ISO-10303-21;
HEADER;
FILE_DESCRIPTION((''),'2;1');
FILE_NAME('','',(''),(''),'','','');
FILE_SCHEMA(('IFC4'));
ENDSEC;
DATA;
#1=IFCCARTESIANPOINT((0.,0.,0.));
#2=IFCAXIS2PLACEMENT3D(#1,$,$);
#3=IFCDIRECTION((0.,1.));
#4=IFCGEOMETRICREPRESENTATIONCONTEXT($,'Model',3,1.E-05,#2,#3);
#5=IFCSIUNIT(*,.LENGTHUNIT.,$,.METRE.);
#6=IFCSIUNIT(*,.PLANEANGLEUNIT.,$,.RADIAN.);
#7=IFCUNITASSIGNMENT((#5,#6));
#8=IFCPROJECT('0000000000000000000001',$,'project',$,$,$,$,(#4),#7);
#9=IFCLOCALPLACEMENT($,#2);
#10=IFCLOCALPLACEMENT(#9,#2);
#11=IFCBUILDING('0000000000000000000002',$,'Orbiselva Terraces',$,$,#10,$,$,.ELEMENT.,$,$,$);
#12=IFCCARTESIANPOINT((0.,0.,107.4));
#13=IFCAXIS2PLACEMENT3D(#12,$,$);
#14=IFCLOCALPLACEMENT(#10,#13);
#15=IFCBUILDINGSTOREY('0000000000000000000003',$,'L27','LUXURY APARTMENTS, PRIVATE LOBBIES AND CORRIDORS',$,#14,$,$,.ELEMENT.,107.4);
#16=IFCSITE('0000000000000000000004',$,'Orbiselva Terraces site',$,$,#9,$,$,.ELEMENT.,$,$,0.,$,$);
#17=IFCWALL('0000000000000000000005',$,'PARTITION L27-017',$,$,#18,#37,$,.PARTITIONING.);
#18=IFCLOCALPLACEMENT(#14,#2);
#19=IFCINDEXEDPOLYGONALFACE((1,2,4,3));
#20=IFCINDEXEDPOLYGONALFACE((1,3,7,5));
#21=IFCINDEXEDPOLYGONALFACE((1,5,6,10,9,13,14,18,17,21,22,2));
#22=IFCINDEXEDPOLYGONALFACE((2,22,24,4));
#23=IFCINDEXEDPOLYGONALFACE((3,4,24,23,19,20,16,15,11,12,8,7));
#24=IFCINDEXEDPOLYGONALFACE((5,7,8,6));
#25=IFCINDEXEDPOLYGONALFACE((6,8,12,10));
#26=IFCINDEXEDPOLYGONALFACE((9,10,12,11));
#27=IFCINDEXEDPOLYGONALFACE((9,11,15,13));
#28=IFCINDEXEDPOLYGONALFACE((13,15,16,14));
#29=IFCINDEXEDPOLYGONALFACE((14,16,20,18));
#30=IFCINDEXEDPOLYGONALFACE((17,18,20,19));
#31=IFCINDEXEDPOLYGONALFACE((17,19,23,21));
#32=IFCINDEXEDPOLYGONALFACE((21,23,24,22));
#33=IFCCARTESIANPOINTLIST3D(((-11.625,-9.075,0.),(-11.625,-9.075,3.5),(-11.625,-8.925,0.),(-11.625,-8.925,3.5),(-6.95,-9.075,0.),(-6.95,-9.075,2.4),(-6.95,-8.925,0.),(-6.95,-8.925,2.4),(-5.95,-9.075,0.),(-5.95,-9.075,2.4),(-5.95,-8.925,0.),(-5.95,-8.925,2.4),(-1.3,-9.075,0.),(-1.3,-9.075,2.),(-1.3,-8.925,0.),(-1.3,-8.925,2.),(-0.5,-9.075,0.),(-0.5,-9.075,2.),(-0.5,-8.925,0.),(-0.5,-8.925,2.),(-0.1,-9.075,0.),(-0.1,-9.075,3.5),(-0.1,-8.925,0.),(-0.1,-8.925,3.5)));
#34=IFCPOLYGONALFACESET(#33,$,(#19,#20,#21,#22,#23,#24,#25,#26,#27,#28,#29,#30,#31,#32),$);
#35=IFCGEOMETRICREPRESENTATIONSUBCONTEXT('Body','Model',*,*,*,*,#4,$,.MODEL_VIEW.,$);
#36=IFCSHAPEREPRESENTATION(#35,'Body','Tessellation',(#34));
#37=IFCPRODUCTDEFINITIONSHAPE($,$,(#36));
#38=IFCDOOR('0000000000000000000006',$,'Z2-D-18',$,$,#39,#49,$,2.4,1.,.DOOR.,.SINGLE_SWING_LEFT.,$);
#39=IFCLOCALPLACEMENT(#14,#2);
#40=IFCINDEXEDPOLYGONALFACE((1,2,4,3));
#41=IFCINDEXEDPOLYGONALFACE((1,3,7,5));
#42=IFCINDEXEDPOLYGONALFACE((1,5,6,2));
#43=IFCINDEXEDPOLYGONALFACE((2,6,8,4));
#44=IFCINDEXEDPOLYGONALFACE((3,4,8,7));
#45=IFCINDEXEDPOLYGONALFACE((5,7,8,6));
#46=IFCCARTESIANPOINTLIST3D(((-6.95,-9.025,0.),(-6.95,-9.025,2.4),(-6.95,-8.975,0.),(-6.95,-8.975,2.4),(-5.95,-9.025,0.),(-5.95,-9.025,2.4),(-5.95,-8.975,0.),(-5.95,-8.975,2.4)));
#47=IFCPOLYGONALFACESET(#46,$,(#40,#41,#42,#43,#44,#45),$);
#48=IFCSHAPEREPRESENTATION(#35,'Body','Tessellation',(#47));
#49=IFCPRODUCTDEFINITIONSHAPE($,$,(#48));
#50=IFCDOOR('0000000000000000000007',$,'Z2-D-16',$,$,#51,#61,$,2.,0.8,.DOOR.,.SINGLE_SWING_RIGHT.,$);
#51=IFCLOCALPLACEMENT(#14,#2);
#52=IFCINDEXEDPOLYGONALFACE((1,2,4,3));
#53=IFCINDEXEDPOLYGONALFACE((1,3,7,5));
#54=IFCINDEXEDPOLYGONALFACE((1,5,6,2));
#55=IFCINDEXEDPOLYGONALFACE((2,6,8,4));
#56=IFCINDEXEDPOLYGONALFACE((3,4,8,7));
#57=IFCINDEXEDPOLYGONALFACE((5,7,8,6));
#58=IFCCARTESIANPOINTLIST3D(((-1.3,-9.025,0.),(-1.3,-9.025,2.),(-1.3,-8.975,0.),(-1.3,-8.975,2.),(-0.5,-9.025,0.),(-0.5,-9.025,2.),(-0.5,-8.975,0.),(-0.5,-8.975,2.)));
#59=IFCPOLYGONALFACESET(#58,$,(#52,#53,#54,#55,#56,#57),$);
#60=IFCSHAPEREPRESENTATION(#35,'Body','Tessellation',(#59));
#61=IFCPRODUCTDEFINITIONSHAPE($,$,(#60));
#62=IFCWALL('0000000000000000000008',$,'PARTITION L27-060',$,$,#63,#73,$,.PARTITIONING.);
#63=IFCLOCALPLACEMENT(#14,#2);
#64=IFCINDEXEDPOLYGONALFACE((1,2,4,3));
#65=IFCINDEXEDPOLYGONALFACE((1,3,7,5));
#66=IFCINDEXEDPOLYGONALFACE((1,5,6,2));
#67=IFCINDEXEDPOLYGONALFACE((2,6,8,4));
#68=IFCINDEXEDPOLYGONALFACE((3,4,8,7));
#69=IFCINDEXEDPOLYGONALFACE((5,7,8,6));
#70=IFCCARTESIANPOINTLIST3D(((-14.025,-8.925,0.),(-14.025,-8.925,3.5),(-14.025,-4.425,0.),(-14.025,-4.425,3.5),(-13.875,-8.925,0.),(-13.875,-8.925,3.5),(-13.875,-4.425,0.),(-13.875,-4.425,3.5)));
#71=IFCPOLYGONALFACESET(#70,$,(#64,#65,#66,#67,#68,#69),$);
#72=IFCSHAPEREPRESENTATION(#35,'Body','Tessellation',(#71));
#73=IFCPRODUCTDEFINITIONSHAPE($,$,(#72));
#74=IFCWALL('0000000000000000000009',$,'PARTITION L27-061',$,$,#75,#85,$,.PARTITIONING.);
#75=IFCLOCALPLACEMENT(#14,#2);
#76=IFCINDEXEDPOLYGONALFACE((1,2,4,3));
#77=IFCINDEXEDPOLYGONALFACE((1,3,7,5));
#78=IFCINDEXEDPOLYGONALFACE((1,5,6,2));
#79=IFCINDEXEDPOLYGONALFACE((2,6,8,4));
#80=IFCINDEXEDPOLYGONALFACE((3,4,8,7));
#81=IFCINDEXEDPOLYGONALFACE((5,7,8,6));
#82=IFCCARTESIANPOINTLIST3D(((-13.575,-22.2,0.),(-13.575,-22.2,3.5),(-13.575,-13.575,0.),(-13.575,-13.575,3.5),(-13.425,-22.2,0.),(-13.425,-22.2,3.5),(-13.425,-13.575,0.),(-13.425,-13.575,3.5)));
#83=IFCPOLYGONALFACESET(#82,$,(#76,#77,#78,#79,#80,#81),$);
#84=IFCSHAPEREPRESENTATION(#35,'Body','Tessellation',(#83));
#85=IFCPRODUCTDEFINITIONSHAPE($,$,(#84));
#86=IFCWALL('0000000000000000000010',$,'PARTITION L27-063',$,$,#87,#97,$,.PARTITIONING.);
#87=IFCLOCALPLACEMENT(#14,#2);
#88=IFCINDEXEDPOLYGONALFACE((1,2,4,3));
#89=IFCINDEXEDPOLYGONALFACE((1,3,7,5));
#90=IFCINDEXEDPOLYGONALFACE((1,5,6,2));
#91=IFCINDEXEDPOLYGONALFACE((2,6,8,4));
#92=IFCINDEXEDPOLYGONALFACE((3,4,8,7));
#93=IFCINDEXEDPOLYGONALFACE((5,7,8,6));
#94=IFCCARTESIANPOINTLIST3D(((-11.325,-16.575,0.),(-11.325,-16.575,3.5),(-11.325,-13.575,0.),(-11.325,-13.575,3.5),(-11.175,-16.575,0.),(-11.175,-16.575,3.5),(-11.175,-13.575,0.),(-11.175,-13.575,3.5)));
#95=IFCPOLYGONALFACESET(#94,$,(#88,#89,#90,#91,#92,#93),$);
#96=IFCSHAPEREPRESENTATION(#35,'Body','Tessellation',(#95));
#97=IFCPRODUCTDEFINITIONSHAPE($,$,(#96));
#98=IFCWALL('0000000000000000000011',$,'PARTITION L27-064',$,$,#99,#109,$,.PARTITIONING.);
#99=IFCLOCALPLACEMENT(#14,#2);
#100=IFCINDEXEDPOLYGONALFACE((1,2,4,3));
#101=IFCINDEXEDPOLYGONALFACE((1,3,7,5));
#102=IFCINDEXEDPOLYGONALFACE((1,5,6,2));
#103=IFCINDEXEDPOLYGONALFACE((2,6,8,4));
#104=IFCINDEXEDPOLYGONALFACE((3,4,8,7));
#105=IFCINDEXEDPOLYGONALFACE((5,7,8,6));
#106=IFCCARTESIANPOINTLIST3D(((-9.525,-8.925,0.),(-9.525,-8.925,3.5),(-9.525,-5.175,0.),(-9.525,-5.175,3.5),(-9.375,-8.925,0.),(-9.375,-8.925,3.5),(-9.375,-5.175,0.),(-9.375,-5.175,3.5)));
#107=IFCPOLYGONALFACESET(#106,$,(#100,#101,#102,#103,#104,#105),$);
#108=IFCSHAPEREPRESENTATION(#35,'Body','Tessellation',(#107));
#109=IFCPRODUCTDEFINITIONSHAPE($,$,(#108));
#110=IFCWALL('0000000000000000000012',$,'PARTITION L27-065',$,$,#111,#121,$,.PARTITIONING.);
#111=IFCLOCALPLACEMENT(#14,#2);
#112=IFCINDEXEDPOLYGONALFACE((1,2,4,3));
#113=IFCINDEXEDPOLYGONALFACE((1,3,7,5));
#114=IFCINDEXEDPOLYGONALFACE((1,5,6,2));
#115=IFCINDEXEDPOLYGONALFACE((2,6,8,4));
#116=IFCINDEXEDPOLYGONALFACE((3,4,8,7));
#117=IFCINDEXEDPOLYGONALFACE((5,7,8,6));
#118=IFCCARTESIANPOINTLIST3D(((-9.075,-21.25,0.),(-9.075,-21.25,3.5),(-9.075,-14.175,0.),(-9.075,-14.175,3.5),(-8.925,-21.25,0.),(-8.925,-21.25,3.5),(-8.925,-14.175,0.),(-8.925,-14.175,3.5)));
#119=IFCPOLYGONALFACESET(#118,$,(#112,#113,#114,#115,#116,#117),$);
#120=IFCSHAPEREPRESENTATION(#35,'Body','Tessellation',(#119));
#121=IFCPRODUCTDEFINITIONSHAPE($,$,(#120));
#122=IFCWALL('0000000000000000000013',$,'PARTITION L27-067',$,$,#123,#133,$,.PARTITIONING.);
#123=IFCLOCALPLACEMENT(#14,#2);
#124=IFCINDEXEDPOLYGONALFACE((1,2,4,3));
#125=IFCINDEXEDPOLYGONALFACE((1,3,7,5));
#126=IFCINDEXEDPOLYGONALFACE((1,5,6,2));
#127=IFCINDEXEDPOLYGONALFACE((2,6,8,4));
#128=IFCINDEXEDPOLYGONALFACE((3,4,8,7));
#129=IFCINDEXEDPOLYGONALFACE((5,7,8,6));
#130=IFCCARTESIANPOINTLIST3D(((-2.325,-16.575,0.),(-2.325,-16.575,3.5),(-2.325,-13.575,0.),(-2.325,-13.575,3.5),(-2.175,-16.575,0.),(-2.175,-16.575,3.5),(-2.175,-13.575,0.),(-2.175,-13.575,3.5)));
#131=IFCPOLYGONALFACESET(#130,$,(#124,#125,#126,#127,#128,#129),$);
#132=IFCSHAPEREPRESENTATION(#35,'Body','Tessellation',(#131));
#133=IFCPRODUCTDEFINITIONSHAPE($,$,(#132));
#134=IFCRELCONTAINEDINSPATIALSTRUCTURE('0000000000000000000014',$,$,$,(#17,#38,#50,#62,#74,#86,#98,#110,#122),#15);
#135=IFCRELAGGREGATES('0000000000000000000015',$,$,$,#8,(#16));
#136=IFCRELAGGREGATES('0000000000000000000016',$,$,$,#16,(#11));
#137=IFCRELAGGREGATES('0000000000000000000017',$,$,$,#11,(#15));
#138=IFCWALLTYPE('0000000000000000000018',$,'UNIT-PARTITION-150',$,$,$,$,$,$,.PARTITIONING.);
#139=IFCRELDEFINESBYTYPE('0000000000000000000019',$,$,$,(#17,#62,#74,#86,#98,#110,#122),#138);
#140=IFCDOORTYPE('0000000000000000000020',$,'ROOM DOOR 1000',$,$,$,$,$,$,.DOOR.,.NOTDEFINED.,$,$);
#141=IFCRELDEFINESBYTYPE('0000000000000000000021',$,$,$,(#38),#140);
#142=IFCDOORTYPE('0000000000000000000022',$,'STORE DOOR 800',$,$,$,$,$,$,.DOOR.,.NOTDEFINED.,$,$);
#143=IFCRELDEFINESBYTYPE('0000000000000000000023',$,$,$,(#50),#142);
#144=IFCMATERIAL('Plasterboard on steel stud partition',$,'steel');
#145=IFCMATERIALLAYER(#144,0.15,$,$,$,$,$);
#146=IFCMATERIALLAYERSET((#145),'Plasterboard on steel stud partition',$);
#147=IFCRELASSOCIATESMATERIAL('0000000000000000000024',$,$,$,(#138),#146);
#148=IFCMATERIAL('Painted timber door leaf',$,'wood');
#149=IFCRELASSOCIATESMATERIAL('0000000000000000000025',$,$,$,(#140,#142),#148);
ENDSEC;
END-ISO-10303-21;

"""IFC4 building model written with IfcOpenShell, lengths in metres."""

from ifc_helpers import new_model, si_unit, direction, frame, frame_2d, origin, place, context, subcontext, project, spatial, rectangle, extrude, material, layer, layer_set, type_object, element, fill, save


model = new_model("IFC4")

# Units and contexts
model_context = context("Model", 3, precision=1e-05, world=origin(), true_north=direction((0.0, 1.0)))
body_context = subcontext(model_context, "Body", "Model", "MODEL_VIEW")
ifc_project = project(units=[si_unit("LENGTHUNIT", "METRE"), si_unit("PLANEANGLEUNIT", "RADIAN")], contexts=[model_context])

# Site, building, storey
site_placement = place(None, origin())
site = spatial("IfcSite", under=ifc_project, at=site_placement, Name="Orbiselva Terraces site", CompositionType="ELEMENT", RefElevation=0.0)
building_placement = place(site_placement, origin())
building = spatial("IfcBuilding", under=site, at=building_placement, Name="Orbiselva Terraces", CompositionType="ELEMENT")
storey_placement = place(building_placement, frame((0.0, 0.0, 107.4)))
storey = spatial("IfcBuildingStorey", under=building, at=storey_placement, Name="L27", Description="LUXURY APARTMENTS, PRIVATE LOBBIES AND CORRIDORS", CompositionType="ELEMENT", Elevation=107.4)

# Shared definitions
ifc_material_1 = material(Name="Plasterboard on steel stud partition", Category="steel")
ifc_layer_1 = layer(ifc_material_1, 0.15)
ifc_layer_set_1 = layer_set([ifc_layer_1], Name="Plasterboard on steel stud partition")
wall_type_1 = type_object("IfcWallType", Name="UNIT-PARTITION-150", PredefinedType="PARTITIONING", material=ifc_layer_set_1)
ifc_material_2 = material(Name="Painted timber door leaf", Category="wood")

# Shared definitions
door_type_1 = type_object("IfcDoorType", Name="ROOM DOOR 1000", OperationType="NOTDEFINED", PredefinedType="DOOR", material=ifc_material_2)

# Wall, openings, doors
wall_1_placement = place(storey_placement, frame((-11.625, -9.0, 0.0), z_axis=(0.0, 0.0, 1.0), x_axis=(1.0, 0.0, 0.0)))
wall_1 = element("IfcWall", 1, at=wall_1_placement, inside=storey, type_object=wall_type_1, Name="PARTITION L27-017", PredefinedType="PARTITIONING", context=body_context, shape_type="SweptSolid", body=[
    extrude(rectangle(XDim=11.525, YDim=0.15, at=frame_2d((5.7625, 0.0))), origin(), (0.0, 0.0, 1.0), 3.5),
])
opening_1_placement = place(wall_1_placement, frame((10.325, 0.0, 0.0)))
opening_1 = element("IfcOpeningElement", 2, at=opening_1_placement, cuts=wall_1, PredefinedType="OPENING", context=body_context, shape_type="SweptSolid", body=[
    extrude(rectangle(XDim=0.8, YDim=2.0, at=frame_2d((0.4, 1.0))), frame((0.0, 0.085, 0.0), z_axis=(0.0, -1.0, 0.0), x_axis=(1.0, 0.0, 0.0)), (0.0, 0.0, 1.0), 0.17),
])
opening_2_placement = place(wall_1_placement, frame((4.675, 0.0, 0.0)))
opening_2 = element("IfcOpeningElement", 3, at=opening_2_placement, cuts=wall_1, PredefinedType="OPENING", context=body_context, shape_type="SweptSolid", body=[
    extrude(rectangle(XDim=1.0, YDim=2.4, at=frame_2d((0.5, 1.2))), frame((0.0, 0.085, 0.0), z_axis=(0.0, -1.0, 0.0), x_axis=(1.0, 0.0, 0.0)), (0.0, 0.0, 1.0), 0.17),
])
door_1_placement = place(opening_2_placement, origin())
door_1 = element("IfcDoor", 4, at=door_1_placement, inside=storey, type_object=door_type_1, Name="Z2-D-18", OperationType="SINGLE_SWING_LEFT", OverallHeight=2.4, OverallWidth=1.0, PredefinedType="DOOR", context=body_context, shape_type="SweptSolid", body=[
    extrude(rectangle(XDim=1.0, YDim=2.4, at=frame_2d((0.5, 1.2))), frame((0.0, 0.025, 0.0), z_axis=(0.0, -1.0, 0.0), x_axis=(1.0, 0.0, 0.0)), (0.0, 0.0, 1.0), 0.05),
])
fill(opening_2, door_1)
door_type_2 = type_object("IfcDoorType", Name="STORE DOOR 800", OperationType="NOTDEFINED", PredefinedType="DOOR", material=ifc_material_2)
door_2_placement = place(opening_1_placement, origin())
door_2 = element("IfcDoor", 5, at=door_2_placement, inside=storey, type_object=door_type_2, Name="Z2-D-16", OperationType="SINGLE_SWING_RIGHT", OverallHeight=2.0, OverallWidth=0.8, PredefinedType="DOOR", context=body_context, shape_type="SweptSolid", body=[
    extrude(rectangle(XDim=0.8, YDim=2.0, at=frame_2d((0.4, 1.0))), frame((0.0, 0.025, 0.0), z_axis=(0.0, -1.0, 0.0), x_axis=(1.0, 0.0, 0.0)), (0.0, 0.0, 1.0), 0.05),
])
fill(opening_1, door_2)

# Walls
wall_2_placement = place(storey_placement, frame((-13.95, -8.925, 0.0), z_axis=(0.0, 0.0, 1.0), x_axis=(0.0, 1.0, 0.0)))
element("IfcWall", 6, at=wall_2_placement, inside=storey, type_object=wall_type_1, Name="PARTITION L27-060", PredefinedType="PARTITIONING", context=body_context, shape_type="SweptSolid", body=[
    extrude(rectangle(XDim=4.5, YDim=0.15, at=frame_2d((2.25, 0.0))), origin(), (0.0, 0.0, 1.0), 3.5),
])
wall_3_placement = place(storey_placement, frame((-13.5, -22.2, 0.0), z_axis=(0.0, 0.0, 1.0), x_axis=(0.0, 1.0, 0.0)))
element("IfcWall", 7, at=wall_3_placement, inside=storey, type_object=wall_type_1, Name="PARTITION L27-061", PredefinedType="PARTITIONING", context=body_context, shape_type="SweptSolid", body=[
    extrude(rectangle(XDim=8.625, YDim=0.15, at=frame_2d((4.3125, 0.0))), origin(), (0.0, 0.0, 1.0), 3.5),
])
wall_4_placement = place(storey_placement, frame((-11.25, -16.575, 0.0), z_axis=(0.0, 0.0, 1.0), x_axis=(0.0, 1.0, 0.0)))
element("IfcWall", 8, at=wall_4_placement, inside=storey, type_object=wall_type_1, Name="PARTITION L27-063", PredefinedType="PARTITIONING", context=body_context, shape_type="SweptSolid", body=[
    extrude(rectangle(XDim=3.0, YDim=0.15, at=frame_2d((1.5, 0.0))), origin(), (0.0, 0.0, 1.0), 3.5),
])
wall_5_placement = place(storey_placement, frame((-9.45, -8.925, 0.0), z_axis=(0.0, 0.0, 1.0), x_axis=(0.0, 1.0, 0.0)))
element("IfcWall", 9, at=wall_5_placement, inside=storey, type_object=wall_type_1, Name="PARTITION L27-064", PredefinedType="PARTITIONING", context=body_context, shape_type="SweptSolid", body=[
    extrude(rectangle(XDim=3.75, YDim=0.15, at=frame_2d((1.875, 0.0))), origin(), (0.0, 0.0, 1.0), 3.5),
])
wall_6_placement = place(storey_placement, frame((-9.0, -21.25, 0.0), z_axis=(0.0, 0.0, 1.0), x_axis=(0.0, 1.0, 0.0)))
element("IfcWall", 10, at=wall_6_placement, inside=storey, type_object=wall_type_1, Name="PARTITION L27-065", PredefinedType="PARTITIONING", context=body_context, shape_type="SweptSolid", body=[
    extrude(rectangle(XDim=7.075, YDim=0.15, at=frame_2d((3.5375, 0.0))), origin(), (0.0, 0.0, 1.0), 3.5),
])
wall_7_placement = place(storey_placement, frame((-2.25, -16.575, 0.0), z_axis=(0.0, 0.0, 1.0), x_axis=(0.0, 1.0, 0.0)))
element("IfcWall", 11, at=wall_7_placement, inside=storey, type_object=wall_type_1, Name="PARTITION L27-067", PredefinedType="PARTITIONING", context=body_context, shape_type="SweptSolid", body=[
    extrude(rectangle(XDim=3.0, YDim=0.15, at=frame_2d((1.5, 0.0))), origin(), (0.0, 0.0, 1.0), 3.5),
])

save(model, "model.ifc")
